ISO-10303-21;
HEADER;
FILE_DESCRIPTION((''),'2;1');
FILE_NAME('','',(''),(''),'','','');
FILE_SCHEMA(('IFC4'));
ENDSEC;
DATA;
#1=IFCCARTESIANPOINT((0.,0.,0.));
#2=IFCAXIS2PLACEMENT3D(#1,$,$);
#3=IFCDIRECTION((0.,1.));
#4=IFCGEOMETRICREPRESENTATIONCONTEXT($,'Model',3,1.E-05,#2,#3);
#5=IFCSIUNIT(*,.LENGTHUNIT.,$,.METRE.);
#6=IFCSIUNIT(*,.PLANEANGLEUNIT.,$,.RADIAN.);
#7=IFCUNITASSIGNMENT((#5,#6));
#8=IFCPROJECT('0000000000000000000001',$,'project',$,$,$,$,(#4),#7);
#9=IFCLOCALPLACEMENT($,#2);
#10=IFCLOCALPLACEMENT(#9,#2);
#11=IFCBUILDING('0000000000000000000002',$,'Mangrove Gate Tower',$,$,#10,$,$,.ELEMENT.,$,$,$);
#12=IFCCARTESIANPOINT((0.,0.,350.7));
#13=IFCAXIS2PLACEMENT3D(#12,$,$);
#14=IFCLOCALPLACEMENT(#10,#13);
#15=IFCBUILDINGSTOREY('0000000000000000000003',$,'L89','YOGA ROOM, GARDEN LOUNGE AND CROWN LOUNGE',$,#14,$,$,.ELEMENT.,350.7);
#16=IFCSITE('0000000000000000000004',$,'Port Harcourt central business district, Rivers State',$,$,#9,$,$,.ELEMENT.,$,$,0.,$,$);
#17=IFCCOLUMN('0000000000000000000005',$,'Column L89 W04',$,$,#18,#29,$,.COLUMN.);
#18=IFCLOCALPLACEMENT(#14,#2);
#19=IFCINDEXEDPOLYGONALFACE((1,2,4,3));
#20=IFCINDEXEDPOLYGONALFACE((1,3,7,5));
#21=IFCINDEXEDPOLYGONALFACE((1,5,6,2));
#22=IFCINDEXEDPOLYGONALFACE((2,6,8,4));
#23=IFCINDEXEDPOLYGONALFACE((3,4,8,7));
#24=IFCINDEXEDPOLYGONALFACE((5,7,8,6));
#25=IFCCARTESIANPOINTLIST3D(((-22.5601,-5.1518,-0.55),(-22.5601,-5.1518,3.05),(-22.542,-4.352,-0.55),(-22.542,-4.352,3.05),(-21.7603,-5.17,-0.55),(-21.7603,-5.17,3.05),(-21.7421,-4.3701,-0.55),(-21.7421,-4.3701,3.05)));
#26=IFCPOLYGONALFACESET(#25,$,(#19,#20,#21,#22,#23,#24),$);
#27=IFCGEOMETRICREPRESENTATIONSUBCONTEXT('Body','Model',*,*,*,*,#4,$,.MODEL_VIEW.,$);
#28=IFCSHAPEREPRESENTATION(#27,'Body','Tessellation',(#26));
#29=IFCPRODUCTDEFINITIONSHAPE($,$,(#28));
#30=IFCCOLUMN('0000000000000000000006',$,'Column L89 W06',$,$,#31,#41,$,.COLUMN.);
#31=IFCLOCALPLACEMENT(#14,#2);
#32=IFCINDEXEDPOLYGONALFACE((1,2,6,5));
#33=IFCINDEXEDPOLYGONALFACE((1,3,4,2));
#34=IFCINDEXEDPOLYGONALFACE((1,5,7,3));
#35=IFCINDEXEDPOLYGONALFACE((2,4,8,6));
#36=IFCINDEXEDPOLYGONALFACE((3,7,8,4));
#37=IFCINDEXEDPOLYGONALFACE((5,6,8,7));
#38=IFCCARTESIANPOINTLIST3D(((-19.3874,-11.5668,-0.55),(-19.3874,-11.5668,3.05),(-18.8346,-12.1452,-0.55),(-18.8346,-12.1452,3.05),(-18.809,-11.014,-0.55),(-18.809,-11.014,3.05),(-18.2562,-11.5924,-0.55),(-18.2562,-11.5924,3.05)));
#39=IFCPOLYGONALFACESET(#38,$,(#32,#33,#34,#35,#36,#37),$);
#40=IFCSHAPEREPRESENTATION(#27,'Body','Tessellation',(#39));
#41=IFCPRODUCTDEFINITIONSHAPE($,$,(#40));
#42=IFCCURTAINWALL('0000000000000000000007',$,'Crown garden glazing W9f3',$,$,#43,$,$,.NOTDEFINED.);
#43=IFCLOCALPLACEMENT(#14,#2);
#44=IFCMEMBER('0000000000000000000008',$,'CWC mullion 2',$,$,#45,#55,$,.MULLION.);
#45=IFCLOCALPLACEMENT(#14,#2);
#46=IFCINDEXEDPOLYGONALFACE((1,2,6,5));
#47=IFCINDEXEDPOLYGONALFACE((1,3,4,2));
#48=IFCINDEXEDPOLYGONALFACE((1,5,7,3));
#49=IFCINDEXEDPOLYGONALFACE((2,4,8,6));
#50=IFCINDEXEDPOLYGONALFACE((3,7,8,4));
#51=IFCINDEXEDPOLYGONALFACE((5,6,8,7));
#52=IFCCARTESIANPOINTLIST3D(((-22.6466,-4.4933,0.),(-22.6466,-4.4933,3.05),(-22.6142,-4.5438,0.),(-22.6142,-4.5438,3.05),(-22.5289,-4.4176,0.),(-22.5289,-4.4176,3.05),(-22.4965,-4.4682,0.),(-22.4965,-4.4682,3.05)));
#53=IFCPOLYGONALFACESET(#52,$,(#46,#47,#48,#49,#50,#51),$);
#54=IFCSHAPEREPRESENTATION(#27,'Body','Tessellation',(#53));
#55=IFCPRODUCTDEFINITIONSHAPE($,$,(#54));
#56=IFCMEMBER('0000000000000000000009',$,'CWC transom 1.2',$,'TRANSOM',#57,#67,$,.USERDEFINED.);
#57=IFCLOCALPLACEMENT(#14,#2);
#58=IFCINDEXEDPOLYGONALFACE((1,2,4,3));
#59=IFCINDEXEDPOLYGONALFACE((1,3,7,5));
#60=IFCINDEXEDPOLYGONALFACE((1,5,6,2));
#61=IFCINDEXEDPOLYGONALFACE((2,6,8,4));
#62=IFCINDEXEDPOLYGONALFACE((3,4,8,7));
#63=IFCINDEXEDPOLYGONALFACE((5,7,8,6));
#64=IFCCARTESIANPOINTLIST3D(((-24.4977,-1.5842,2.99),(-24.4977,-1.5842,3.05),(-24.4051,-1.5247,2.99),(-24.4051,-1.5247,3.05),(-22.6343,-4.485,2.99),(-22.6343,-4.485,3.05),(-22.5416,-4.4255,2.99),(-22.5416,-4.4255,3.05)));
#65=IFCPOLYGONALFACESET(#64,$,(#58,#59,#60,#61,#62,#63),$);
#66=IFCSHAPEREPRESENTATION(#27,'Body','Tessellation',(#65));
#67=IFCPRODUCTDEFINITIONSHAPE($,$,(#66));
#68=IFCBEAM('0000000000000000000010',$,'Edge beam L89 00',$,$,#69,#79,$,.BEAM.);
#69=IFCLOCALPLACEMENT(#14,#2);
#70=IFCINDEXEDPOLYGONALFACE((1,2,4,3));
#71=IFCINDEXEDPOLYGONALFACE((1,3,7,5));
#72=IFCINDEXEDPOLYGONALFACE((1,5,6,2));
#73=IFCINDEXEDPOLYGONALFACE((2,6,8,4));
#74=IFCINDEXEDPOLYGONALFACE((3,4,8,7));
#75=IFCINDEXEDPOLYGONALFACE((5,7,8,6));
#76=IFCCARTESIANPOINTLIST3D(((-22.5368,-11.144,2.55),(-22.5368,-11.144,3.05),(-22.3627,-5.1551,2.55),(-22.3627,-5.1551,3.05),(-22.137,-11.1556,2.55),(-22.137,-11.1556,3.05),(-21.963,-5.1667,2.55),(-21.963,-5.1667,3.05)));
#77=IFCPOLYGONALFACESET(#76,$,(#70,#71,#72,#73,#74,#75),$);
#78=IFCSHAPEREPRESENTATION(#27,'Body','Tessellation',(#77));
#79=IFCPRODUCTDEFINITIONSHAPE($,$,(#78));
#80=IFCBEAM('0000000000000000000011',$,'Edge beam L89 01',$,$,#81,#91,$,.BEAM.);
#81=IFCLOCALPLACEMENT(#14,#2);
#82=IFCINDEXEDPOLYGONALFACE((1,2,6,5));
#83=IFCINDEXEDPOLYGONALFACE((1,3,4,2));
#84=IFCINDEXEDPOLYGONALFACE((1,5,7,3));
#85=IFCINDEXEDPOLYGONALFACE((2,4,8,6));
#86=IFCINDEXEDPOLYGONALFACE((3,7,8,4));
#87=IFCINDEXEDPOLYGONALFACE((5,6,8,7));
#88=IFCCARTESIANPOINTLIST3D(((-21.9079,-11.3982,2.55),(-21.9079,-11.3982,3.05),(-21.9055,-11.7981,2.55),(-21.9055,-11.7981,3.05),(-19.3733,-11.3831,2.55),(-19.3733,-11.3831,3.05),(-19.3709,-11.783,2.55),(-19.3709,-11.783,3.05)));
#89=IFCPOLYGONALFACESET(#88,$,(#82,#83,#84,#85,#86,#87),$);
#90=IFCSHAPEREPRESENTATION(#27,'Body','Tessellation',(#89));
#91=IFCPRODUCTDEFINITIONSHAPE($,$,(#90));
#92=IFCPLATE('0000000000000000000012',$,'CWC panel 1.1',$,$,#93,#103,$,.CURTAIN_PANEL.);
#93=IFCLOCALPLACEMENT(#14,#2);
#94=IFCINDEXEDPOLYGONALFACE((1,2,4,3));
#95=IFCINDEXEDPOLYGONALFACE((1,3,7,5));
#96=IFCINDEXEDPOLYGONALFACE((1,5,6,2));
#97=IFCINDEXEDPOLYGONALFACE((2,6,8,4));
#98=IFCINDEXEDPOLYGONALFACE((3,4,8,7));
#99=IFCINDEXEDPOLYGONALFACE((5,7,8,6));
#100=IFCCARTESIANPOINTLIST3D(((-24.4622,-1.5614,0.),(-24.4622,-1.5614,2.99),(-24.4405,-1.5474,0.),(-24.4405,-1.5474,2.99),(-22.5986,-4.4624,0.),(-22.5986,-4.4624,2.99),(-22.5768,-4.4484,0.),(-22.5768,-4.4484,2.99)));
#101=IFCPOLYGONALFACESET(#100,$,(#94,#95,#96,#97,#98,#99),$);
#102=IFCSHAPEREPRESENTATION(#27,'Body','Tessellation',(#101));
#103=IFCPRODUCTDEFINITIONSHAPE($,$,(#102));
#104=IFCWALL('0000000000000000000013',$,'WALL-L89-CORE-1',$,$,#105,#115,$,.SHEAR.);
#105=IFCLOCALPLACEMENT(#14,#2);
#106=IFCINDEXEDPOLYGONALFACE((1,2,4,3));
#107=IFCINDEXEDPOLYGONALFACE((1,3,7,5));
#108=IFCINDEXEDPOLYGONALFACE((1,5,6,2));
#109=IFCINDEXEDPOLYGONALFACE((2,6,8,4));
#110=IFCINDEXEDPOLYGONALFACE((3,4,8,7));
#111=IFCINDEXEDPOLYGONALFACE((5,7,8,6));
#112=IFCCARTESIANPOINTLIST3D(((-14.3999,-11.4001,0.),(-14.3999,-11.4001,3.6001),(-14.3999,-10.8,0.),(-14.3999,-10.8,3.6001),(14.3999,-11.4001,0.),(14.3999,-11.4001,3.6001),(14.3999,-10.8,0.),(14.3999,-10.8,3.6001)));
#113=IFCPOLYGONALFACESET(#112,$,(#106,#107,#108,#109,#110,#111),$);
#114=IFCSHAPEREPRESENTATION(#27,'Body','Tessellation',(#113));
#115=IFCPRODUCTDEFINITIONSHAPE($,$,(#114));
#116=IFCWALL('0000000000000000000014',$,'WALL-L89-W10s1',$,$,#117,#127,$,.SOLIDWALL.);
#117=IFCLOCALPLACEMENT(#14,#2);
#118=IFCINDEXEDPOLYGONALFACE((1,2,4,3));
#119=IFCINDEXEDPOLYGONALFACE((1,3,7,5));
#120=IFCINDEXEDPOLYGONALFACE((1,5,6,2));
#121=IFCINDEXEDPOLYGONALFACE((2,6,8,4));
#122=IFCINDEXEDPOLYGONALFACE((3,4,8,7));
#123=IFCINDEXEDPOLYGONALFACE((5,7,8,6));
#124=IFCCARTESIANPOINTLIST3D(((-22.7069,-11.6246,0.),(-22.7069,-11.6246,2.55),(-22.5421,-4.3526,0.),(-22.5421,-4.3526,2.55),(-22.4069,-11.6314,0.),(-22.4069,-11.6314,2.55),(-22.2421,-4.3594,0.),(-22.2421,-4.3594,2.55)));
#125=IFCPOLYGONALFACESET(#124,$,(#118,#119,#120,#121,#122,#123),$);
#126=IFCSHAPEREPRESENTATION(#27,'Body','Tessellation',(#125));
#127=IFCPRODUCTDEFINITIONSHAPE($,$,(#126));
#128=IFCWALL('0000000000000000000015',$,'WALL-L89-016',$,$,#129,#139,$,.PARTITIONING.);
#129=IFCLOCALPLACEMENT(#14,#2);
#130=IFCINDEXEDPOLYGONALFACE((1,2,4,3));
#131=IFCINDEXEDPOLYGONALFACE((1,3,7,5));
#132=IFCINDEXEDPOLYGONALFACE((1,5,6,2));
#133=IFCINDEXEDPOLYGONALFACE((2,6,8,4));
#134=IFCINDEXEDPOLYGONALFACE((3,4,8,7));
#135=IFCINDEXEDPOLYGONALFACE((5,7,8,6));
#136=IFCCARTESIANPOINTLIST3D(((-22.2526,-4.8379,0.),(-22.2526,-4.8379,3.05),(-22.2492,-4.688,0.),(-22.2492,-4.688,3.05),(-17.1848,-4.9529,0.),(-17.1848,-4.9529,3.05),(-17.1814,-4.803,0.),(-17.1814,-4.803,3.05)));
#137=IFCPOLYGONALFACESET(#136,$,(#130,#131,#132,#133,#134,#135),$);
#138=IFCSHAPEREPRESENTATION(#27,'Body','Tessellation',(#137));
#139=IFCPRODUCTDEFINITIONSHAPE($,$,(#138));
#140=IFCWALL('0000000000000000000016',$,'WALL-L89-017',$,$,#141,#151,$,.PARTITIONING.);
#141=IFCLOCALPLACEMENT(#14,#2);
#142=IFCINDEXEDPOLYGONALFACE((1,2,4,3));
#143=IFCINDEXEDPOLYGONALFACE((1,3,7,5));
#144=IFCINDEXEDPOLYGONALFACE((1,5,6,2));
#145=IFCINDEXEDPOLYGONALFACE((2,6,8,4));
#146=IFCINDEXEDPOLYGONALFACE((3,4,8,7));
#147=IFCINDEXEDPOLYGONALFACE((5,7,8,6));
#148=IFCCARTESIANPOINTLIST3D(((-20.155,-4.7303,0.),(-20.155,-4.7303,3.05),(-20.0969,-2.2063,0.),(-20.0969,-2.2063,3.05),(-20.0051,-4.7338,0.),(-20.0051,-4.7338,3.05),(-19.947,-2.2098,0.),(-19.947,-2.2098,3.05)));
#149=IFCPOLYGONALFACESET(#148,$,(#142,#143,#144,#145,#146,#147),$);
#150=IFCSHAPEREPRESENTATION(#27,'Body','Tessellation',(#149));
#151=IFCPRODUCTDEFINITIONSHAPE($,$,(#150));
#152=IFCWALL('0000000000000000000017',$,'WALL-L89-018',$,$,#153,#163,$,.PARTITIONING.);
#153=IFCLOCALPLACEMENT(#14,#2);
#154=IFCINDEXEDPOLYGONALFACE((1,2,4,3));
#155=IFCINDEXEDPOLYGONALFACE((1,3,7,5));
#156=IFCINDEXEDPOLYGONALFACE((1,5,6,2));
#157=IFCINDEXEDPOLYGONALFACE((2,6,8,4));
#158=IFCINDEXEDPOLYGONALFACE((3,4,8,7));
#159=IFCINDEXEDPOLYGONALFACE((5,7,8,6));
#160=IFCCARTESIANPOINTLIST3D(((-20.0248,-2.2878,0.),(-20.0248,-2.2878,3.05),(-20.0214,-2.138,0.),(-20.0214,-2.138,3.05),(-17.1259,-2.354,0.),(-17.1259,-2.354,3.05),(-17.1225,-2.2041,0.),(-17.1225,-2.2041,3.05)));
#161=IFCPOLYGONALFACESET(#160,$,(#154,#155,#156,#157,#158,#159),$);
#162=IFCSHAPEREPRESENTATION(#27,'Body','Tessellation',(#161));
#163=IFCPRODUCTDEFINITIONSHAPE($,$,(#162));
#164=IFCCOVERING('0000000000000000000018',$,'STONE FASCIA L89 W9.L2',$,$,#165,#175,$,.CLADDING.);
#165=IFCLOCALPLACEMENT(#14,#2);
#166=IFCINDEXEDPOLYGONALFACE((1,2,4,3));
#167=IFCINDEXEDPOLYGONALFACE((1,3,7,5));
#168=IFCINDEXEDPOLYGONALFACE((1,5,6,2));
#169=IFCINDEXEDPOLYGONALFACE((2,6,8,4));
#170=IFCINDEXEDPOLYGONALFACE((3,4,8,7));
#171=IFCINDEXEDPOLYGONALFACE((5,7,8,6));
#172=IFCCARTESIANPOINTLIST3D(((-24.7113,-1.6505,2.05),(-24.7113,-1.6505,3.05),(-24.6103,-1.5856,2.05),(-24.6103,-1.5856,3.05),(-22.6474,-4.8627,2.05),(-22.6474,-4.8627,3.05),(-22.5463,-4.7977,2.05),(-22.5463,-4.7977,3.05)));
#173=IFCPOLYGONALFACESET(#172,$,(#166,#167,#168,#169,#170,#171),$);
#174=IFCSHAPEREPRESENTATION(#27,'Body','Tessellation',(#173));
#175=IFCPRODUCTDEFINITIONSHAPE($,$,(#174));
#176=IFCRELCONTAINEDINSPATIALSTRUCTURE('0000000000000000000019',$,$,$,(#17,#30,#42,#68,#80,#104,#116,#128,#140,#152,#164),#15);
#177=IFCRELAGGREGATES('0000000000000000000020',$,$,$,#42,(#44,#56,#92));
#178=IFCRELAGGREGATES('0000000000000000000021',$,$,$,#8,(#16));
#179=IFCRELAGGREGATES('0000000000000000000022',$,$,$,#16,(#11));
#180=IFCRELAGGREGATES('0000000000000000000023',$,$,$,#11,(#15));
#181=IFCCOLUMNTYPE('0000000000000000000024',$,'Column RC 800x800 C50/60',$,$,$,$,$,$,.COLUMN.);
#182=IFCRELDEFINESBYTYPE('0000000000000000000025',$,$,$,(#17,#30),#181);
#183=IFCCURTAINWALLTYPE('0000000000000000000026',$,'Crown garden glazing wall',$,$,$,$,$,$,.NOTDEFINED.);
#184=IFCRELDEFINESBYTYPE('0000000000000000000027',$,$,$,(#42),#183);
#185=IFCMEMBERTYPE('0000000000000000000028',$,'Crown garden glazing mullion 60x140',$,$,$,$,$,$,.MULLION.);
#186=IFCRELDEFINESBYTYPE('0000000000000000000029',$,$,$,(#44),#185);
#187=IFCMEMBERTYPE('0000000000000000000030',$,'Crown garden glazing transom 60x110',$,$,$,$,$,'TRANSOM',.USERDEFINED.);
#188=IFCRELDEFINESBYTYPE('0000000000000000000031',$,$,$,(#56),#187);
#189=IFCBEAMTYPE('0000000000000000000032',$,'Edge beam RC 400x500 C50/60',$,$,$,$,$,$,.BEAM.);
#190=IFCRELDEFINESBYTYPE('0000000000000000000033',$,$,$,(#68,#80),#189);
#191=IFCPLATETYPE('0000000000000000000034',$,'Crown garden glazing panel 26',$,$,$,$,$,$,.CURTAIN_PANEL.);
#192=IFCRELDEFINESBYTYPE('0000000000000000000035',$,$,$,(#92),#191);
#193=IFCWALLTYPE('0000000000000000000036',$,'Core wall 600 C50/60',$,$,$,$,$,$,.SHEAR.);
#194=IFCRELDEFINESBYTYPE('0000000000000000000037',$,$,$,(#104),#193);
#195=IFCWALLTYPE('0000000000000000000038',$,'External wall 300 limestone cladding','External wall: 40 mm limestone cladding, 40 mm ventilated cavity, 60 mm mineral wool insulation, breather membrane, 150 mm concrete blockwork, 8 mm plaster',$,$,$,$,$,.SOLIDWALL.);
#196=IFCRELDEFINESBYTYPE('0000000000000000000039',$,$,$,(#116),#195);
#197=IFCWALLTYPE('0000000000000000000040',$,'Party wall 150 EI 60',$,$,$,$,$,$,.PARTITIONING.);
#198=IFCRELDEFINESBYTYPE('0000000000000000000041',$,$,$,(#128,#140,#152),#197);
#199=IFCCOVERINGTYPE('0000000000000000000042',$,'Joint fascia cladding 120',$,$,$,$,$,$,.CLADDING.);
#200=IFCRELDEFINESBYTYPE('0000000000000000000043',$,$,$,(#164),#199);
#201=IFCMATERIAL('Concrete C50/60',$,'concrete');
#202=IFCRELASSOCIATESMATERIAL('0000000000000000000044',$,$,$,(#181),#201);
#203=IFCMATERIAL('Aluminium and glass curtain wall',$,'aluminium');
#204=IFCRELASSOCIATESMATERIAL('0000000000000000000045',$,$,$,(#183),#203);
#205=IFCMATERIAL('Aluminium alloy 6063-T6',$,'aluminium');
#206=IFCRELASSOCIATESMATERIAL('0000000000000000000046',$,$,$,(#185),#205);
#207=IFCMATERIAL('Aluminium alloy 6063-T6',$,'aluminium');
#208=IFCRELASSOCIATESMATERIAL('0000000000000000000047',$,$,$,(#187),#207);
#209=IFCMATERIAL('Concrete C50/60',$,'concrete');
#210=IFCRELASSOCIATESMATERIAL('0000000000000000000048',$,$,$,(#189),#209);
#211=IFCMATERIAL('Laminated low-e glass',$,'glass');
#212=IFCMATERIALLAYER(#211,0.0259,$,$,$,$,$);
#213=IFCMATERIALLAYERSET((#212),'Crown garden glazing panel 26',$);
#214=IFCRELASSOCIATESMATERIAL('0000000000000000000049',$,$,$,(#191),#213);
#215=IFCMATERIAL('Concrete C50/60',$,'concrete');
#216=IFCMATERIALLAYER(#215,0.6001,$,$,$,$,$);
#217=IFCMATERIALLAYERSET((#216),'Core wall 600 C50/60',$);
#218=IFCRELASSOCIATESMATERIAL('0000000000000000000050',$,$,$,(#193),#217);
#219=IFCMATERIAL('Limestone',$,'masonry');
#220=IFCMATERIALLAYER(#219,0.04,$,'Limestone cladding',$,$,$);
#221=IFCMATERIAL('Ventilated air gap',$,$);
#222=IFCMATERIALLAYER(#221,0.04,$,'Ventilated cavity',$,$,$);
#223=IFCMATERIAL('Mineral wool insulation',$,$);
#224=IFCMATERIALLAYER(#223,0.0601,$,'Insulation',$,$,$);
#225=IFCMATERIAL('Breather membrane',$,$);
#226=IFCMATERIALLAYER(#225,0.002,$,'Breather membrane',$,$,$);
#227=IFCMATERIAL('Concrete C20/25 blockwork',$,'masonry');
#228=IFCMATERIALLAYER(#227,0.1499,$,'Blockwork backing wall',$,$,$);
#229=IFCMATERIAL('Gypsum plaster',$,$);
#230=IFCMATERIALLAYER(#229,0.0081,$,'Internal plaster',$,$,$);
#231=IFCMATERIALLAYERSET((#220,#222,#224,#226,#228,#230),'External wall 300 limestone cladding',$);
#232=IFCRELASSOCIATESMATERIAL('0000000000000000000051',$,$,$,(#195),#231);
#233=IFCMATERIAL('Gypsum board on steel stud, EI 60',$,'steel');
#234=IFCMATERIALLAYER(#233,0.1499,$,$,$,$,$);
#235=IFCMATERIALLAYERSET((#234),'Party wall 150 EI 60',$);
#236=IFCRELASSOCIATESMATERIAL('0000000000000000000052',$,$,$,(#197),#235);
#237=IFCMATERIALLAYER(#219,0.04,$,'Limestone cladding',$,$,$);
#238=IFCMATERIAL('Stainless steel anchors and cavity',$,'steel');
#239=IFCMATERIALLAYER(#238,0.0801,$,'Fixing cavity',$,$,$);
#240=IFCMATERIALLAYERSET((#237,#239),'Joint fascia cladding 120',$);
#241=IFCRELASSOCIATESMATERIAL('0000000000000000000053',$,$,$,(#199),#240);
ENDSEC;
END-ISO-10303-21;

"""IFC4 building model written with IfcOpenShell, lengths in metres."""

from ifc_helpers import new_model, si_unit, direction, frame, frame_2d, origin, origin_2d, place, context, subcontext, project, spatial, rectangle, extrude, material, layer, layer_set, material_profile, profile_set, type_object, element, aggregate, save


model = new_model("IFC4")

# Units and contexts
model_context = context("Model", 3, precision=1e-05, world=origin(), true_north=direction((0.0, 1.0)))
body_context = subcontext(model_context, "Body", "Model", "MODEL_VIEW")
ifc_project = project(units=[si_unit("LENGTHUNIT", "METRE"), si_unit("PLANEANGLEUNIT", "RADIAN")], contexts=[model_context])

# Site, building, storey
site_placement = place(None, origin())
site = spatial("IfcSite", under=ifc_project, at=site_placement, Name="Port Harcourt central business district, Rivers State", CompositionType="ELEMENT", RefElevation=0.0)
building_placement = place(site_placement, origin())
building = spatial("IfcBuilding", under=site, at=building_placement, Name="Mangrove Gate Tower", CompositionType="ELEMENT")
storey_placement = place(building_placement, frame((0.0, 0.0, 350.7)))
storey = spatial("IfcBuildingStorey", under=building, at=storey_placement, Name="L89", Description="YOGA ROOM, GARDEN LOUNGE AND CROWN LOUNGE", CompositionType="ELEMENT", Elevation=350.7)

# Columns
ifc_material_1 = material(Name="Concrete C50/60", Category="concrete")
ifc_material_profile_1 = material_profile(ifc_material_1, rectangle(XDim=0.8, YDim=0.8, at=origin_2d()))
ifc_profile_set_1 = profile_set([ifc_material_profile_1], Name="Concrete C50/60")
column_type = type_object("IfcColumnType", Name="Column RC 800x800 C50/60", PredefinedType="COLUMN", material=ifc_profile_set_1)
for number, where, z_axis, x_axis, name in (
    (1, (-22.1511, -4.761, -0.55), (0.0, 0.0, 1.0), (-0.022671, -0.999743, 0.0), "Column L89 W04"),
    (2, (-18.8218, -11.5796, -0.55), (0.0, 0.0, 1.0), (0.690915, -0.722936, 0.0), "Column L89 W06"),
):
    element("IfcColumn", number, at=place(storey_placement, frame(where, z_axis=z_axis, x_axis=x_axis)), inside=storey, type_object=column_type, Name=name, PredefinedType="COLUMN", context=body_context, shape_type="SweptSolid", body=[
        extrude(rectangle(XDim=0.8, YDim=0.8, at=origin_2d()), origin(), (0.0, 0.0, 1.0), 3.6001),
    ])

# Curtain wall, members
ifc_material_2 = material(Name="Aluminium and glass curtain wall", Category="aluminium")
curtain_wall_type = type_object("IfcCurtainWallType", Name="Crown garden glazing wall", PredefinedType="NOTDEFINED", material=ifc_material_2)
curtain_wall_placement = place(storey_placement, origin())
curtain_wall = element("IfcCurtainWall", 3, at=curtain_wall_placement, inside=storey, type_object=curtain_wall_type, Name="Crown garden glazing W9f3", PredefinedType="NOTDEFINED")
ifc_material_3 = material(Name="Aluminium alloy 6063-T6", Category="aluminium")
ifc_material_profile_2 = material_profile(ifc_material_3, rectangle(XDim=0.0601, YDim=0.1399, at=origin_2d()))
ifc_profile_set_2 = profile_set([ifc_material_profile_2], Name="Aluminium alloy 6063-T6")
member_type_1 = type_object("IfcMemberType", Name="Crown garden glazing mullion 60x140", PredefinedType="MULLION", material=ifc_profile_set_2)
member_1_placement = place(storey_placement, frame((-22.5715, -4.4807, 0.0), z_axis=(0.0, 0.0, 1.0), x_axis=(0.540496, -0.841347, 0.0)))
member_1 = element("IfcMember", 4, at=member_1_placement, type_object=member_type_1, Name="CWC mullion 2", PredefinedType="MULLION", context=body_context, shape_type="SweptSolid", body=[
    extrude(rectangle(XDim=0.0601, YDim=0.1399, at=origin_2d()), origin(), (0.0, 0.0, 1.0), 3.05),
])
ifc_material_4 = material(Name="Aluminium alloy 6063-T6", Category="aluminium")
ifc_material_profile_3 = material_profile(ifc_material_4, rectangle(XDim=0.0601, YDim=0.1101, at=origin_2d()))
ifc_profile_set_3 = profile_set([ifc_material_profile_3], Name="Aluminium alloy 6063-T6")
member_type_2 = type_object("IfcMemberType", Name="Crown garden glazing transom 60x110", ElementType="TRANSOM", PredefinedType="USERDEFINED", material=ifc_profile_set_3)
member_2_placement = place(storey_placement, frame((-24.4514, -1.5544, 3.02), z_axis=(0.540486, -0.841353, 0.0), x_axis=(0.0, 0.0, 1.0)))
member_2 = element("IfcMember", 5, at=member_2_placement, type_object=member_type_2, Name="CWC transom 1.2", ObjectType="TRANSOM", PredefinedType="USERDEFINED", context=body_context, shape_type="SweptSolid", body=[
    extrude(rectangle(XDim=0.0601, YDim=0.1101, at=origin_2d()), origin(), (0.0, 0.0, 1.0), 3.4478),
])

# Beams
ifc_material_5 = material(Name="Concrete C50/60", Category="concrete")
ifc_material_profile_4 = material_profile(ifc_material_5, rectangle(XDim=0.3999, YDim=0.5, at=origin_2d()))
ifc_profile_set_4 = profile_set([ifc_material_profile_4], Name="Concrete C50/60")
beam_type = type_object("IfcBeamType", Name="Edge beam RC 400x500 C50/60", PredefinedType="BEAM", material=ifc_profile_set_4)
beam_1_placement = place(storey_placement, frame((-22.1628, -5.1609, 2.8), z_axis=(-0.029053, -0.999578, 0.0), x_axis=(0.999578, -0.029053, 0.0)))
element("IfcBeam", 6, at=beam_1_placement, inside=storey, type_object=beam_type, Name="Edge beam L89 00", PredefinedType="BEAM", context=body_context, shape_type="SweptSolid", body=[
    extrude(rectangle(XDim=0.3999, YDim=0.5, at=origin_2d()), origin(), (0.0, 0.0, 1.0), 5.9915),
])
beam_2_placement = place(storey_placement, frame((-21.9067, -11.5981, 2.8), z_axis=(0.999982, 0.005972, 0.0), x_axis=(-0.005972, 0.999982, 0.0)))
element("IfcBeam", 7, at=beam_2_placement, inside=storey, type_object=beam_type, Name="Edge beam L89 01", PredefinedType="BEAM", context=body_context, shape_type="SweptSolid", body=[
    extrude(rectangle(XDim=0.3999, YDim=0.5, at=origin_2d()), origin(), (0.0, 0.0, 1.0), 2.5347),
])

# Plate
ifc_material_6 = material(Name="Laminated low-e glass", Category="glass")
ifc_layer_1 = layer(ifc_material_6, 0.0259)
ifc_layer_set_1 = layer_set([ifc_layer_1], Name="Crown garden glazing panel 26")
plate_type = type_object("IfcPlateType", Name="Crown garden glazing panel 26", PredefinedType="CURTAIN_PANEL", material=ifc_layer_set_1)
plate_placement = place(storey_placement, frame((-23.5195, -3.0049, 0.0), z_axis=(0.0, 0.0, 1.0), x_axis=(0.540496, -0.841347, 0.0)))
plate = element("IfcPlate", 8, at=plate_placement, type_object=plate_type, Name="CWC panel 1.1", PredefinedType="CURTAIN_PANEL", context=body_context, shape_type="SweptSolid", body=[
    extrude(rectangle(XDim=3.448, YDim=0.0259, at=origin_2d()), origin(), (0.0, 0.0, 1.0), 2.99),
])
aggregate(curtain_wall, [member_1, member_2, plate])

# Walls
ifc_material_7 = material(Name="Concrete C50/60", Category="concrete")
ifc_layer_2 = layer(ifc_material_7, 0.6001)
ifc_layer_set_2 = layer_set([ifc_layer_2], Name="Core wall 600 C50/60")
wall_type_1 = type_object("IfcWallType", Name="Core wall 600 C50/60", PredefinedType="SHEAR", material=ifc_layer_set_2)
wall_1_placement = place(storey_placement, frame((-14.3999, -11.1001, 0.0), z_axis=(0.0, 0.0, 1.0), x_axis=(1.0, 0.0, 0.0)))
element("IfcWall", 9, at=wall_1_placement, inside=storey, type_object=wall_type_1, Name="WALL-L89-CORE-1", PredefinedType="SHEAR", context=body_context, shape_type="SweptSolid", body=[
    extrude(rectangle(XDim=28.7998, YDim=0.6001, at=frame_2d((14.3999, 0.0))), origin(), (0.0, 0.0, 1.0), 3.6001),
])
ifc_material_8 = material(Name="Limestone", Category="masonry")
ifc_layer_3 = layer(ifc_material_8, 0.04, Name="Limestone cladding")
ifc_material_9 = material(Name="Ventilated air gap")
ifc_layer_4 = layer(ifc_material_9, 0.04, Name="Ventilated cavity")
ifc_material_10 = material(Name="Mineral wool insulation")
ifc_layer_5 = layer(ifc_material_10, 0.0601, Name="Insulation")
ifc_material_11 = material(Name="Breather membrane")
ifc_layer_6 = layer(ifc_material_11, 0.002, Name="Breather membrane")
ifc_material_12 = material(Name="Concrete C20/25 blockwork", Category="masonry")
ifc_layer_7 = layer(ifc_material_12, 0.1499, Name="Blockwork backing wall")
ifc_material_13 = material(Name="Gypsum plaster")
ifc_layer_8 = layer(ifc_material_13, 0.0081, Name="Internal plaster")
ifc_layer_set_3 = layer_set([ifc_layer_3, ifc_layer_4, ifc_layer_5, ifc_layer_6, ifc_layer_7, ifc_layer_8], Name="External wall 300 limestone cladding")
wall_type_2 = type_object("IfcWallType", Name="External wall 300 limestone cladding", Description="External wall: 40 mm limestone cladding, 40 mm ventilated cavity, 60 mm mineral wool insulation, breather membrane, 150 mm concrete blockwork, 8 mm plaster", PredefinedType="SOLIDWALL", material=ifc_layer_set_3)
wall_2_placement = place(storey_placement, frame((-22.3921, -4.356, 0.0), z_axis=(0.0, 0.0, 1.0), x_axis=(-0.022656, -0.999743, 0.0)))
element("IfcWall", 10, at=wall_2_placement, inside=storey, type_object=wall_type_2, Name="WALL-L89-W10s1", PredefinedType="SOLIDWALL", context=body_context, shape_type="SweptSolid", body=[
    extrude(rectangle(XDim=7.2739, YDim=0.3, at=frame_2d((3.637, 0.0))), origin(), (0.0, 0.0, 1.0), 2.55),
])
ifc_material_14 = material(Name="Gypsum board on steel stud, EI 60", Category="steel")
ifc_layer_9 = layer(ifc_material_14, 0.1499)
ifc_layer_set_4 = layer_set([ifc_layer_9], Name="Party wall 150 EI 60")
wall_type_3 = type_object("IfcWallType", Name="Party wall 150 EI 60", PredefinedType="PARTITIONING", material=ifc_layer_set_4)
wall_3_placement = place(storey_placement, frame((-22.251, -4.7629, 0.0), z_axis=(0.0, 0.0, 1.0), x_axis=(0.999743, -0.022684, 0.0)))
element("IfcWall", 11, at=wall_3_placement, inside=storey, type_object=wall_type_3, Name="WALL-L89-016", PredefinedType="PARTITIONING", context=body_context, shape_type="SweptSolid", body=[
    extrude(rectangle(XDim=5.0691, YDim=0.1499, at=frame_2d((2.5347, 0.0))), origin(), (0.0, 0.0, 1.0), 3.05),
])
wall_4_placement = place(storey_placement, frame((-20.0801, -4.7319, 0.0), z_axis=(0.0, 0.0, 1.0), x_axis=(0.023016, 0.999735, 0.0)))
element("IfcWall", 12, at=wall_4_placement, inside=storey, type_object=wall_type_3, Name="WALL-L89-017", PredefinedType="PARTITIONING", context=body_context, shape_type="SweptSolid", body=[
    extrude(rectangle(XDim=2.5247, YDim=0.1499, at=frame_2d((1.2622, 0.0))), origin(), (0.0, 0.0, 1.0), 3.05),
])
wall_5_placement = place(storey_placement, frame((-20.0229, -2.2129, 0.0), z_axis=(0.0, 0.0, 1.0), x_axis=(0.99974, -0.022817, 0.0)))
element("IfcWall", 13, at=wall_5_placement, inside=storey, type_object=wall_type_3, Name="WALL-L89-018", PredefinedType="PARTITIONING", context=body_context, shape_type="SweptSolid", body=[
    extrude(rectangle(XDim=2.8997, YDim=0.1499, at=frame_2d((1.4497, 0.0))), origin(), (0.0, 0.0, 1.0), 3.05),
])

# Covering
ifc_layer_10 = layer(ifc_material_8, 0.04, Name="Limestone cladding")
ifc_material_15 = material(Name="Stainless steel anchors and cavity", Category="steel")
ifc_layer_11 = layer(ifc_material_15, 0.0801, Name="Fixing cavity")
ifc_layer_set_5 = layer_set([ifc_layer_10, ifc_layer_11], Name="Joint fascia cladding 120")
covering_type = type_object("IfcCoveringType", Name="Joint fascia cladding 120", PredefinedType="CLADDING", material=ifc_layer_set_5)
covering_placement = place(storey_placement, frame((-24.6609, -1.6179, 2.05), z_axis=(0.0, 0.0, 1.0), x_axis=(0.540573, -0.841297, 0.0)))
element("IfcCovering", 14, at=covering_placement, inside=storey, type_object=covering_type, Name="STONE FASCIA L89 W9.L2", PredefinedType="CLADDING", context=body_context, shape_type="SweptSolid", body=[
    extrude(rectangle(XDim=3.8181, YDim=0.1201, at=frame_2d((1.9092, 0.0))), origin(), (0.0, 0.0, 1.0), 1.0),
])

save(model, "model.ifc")
